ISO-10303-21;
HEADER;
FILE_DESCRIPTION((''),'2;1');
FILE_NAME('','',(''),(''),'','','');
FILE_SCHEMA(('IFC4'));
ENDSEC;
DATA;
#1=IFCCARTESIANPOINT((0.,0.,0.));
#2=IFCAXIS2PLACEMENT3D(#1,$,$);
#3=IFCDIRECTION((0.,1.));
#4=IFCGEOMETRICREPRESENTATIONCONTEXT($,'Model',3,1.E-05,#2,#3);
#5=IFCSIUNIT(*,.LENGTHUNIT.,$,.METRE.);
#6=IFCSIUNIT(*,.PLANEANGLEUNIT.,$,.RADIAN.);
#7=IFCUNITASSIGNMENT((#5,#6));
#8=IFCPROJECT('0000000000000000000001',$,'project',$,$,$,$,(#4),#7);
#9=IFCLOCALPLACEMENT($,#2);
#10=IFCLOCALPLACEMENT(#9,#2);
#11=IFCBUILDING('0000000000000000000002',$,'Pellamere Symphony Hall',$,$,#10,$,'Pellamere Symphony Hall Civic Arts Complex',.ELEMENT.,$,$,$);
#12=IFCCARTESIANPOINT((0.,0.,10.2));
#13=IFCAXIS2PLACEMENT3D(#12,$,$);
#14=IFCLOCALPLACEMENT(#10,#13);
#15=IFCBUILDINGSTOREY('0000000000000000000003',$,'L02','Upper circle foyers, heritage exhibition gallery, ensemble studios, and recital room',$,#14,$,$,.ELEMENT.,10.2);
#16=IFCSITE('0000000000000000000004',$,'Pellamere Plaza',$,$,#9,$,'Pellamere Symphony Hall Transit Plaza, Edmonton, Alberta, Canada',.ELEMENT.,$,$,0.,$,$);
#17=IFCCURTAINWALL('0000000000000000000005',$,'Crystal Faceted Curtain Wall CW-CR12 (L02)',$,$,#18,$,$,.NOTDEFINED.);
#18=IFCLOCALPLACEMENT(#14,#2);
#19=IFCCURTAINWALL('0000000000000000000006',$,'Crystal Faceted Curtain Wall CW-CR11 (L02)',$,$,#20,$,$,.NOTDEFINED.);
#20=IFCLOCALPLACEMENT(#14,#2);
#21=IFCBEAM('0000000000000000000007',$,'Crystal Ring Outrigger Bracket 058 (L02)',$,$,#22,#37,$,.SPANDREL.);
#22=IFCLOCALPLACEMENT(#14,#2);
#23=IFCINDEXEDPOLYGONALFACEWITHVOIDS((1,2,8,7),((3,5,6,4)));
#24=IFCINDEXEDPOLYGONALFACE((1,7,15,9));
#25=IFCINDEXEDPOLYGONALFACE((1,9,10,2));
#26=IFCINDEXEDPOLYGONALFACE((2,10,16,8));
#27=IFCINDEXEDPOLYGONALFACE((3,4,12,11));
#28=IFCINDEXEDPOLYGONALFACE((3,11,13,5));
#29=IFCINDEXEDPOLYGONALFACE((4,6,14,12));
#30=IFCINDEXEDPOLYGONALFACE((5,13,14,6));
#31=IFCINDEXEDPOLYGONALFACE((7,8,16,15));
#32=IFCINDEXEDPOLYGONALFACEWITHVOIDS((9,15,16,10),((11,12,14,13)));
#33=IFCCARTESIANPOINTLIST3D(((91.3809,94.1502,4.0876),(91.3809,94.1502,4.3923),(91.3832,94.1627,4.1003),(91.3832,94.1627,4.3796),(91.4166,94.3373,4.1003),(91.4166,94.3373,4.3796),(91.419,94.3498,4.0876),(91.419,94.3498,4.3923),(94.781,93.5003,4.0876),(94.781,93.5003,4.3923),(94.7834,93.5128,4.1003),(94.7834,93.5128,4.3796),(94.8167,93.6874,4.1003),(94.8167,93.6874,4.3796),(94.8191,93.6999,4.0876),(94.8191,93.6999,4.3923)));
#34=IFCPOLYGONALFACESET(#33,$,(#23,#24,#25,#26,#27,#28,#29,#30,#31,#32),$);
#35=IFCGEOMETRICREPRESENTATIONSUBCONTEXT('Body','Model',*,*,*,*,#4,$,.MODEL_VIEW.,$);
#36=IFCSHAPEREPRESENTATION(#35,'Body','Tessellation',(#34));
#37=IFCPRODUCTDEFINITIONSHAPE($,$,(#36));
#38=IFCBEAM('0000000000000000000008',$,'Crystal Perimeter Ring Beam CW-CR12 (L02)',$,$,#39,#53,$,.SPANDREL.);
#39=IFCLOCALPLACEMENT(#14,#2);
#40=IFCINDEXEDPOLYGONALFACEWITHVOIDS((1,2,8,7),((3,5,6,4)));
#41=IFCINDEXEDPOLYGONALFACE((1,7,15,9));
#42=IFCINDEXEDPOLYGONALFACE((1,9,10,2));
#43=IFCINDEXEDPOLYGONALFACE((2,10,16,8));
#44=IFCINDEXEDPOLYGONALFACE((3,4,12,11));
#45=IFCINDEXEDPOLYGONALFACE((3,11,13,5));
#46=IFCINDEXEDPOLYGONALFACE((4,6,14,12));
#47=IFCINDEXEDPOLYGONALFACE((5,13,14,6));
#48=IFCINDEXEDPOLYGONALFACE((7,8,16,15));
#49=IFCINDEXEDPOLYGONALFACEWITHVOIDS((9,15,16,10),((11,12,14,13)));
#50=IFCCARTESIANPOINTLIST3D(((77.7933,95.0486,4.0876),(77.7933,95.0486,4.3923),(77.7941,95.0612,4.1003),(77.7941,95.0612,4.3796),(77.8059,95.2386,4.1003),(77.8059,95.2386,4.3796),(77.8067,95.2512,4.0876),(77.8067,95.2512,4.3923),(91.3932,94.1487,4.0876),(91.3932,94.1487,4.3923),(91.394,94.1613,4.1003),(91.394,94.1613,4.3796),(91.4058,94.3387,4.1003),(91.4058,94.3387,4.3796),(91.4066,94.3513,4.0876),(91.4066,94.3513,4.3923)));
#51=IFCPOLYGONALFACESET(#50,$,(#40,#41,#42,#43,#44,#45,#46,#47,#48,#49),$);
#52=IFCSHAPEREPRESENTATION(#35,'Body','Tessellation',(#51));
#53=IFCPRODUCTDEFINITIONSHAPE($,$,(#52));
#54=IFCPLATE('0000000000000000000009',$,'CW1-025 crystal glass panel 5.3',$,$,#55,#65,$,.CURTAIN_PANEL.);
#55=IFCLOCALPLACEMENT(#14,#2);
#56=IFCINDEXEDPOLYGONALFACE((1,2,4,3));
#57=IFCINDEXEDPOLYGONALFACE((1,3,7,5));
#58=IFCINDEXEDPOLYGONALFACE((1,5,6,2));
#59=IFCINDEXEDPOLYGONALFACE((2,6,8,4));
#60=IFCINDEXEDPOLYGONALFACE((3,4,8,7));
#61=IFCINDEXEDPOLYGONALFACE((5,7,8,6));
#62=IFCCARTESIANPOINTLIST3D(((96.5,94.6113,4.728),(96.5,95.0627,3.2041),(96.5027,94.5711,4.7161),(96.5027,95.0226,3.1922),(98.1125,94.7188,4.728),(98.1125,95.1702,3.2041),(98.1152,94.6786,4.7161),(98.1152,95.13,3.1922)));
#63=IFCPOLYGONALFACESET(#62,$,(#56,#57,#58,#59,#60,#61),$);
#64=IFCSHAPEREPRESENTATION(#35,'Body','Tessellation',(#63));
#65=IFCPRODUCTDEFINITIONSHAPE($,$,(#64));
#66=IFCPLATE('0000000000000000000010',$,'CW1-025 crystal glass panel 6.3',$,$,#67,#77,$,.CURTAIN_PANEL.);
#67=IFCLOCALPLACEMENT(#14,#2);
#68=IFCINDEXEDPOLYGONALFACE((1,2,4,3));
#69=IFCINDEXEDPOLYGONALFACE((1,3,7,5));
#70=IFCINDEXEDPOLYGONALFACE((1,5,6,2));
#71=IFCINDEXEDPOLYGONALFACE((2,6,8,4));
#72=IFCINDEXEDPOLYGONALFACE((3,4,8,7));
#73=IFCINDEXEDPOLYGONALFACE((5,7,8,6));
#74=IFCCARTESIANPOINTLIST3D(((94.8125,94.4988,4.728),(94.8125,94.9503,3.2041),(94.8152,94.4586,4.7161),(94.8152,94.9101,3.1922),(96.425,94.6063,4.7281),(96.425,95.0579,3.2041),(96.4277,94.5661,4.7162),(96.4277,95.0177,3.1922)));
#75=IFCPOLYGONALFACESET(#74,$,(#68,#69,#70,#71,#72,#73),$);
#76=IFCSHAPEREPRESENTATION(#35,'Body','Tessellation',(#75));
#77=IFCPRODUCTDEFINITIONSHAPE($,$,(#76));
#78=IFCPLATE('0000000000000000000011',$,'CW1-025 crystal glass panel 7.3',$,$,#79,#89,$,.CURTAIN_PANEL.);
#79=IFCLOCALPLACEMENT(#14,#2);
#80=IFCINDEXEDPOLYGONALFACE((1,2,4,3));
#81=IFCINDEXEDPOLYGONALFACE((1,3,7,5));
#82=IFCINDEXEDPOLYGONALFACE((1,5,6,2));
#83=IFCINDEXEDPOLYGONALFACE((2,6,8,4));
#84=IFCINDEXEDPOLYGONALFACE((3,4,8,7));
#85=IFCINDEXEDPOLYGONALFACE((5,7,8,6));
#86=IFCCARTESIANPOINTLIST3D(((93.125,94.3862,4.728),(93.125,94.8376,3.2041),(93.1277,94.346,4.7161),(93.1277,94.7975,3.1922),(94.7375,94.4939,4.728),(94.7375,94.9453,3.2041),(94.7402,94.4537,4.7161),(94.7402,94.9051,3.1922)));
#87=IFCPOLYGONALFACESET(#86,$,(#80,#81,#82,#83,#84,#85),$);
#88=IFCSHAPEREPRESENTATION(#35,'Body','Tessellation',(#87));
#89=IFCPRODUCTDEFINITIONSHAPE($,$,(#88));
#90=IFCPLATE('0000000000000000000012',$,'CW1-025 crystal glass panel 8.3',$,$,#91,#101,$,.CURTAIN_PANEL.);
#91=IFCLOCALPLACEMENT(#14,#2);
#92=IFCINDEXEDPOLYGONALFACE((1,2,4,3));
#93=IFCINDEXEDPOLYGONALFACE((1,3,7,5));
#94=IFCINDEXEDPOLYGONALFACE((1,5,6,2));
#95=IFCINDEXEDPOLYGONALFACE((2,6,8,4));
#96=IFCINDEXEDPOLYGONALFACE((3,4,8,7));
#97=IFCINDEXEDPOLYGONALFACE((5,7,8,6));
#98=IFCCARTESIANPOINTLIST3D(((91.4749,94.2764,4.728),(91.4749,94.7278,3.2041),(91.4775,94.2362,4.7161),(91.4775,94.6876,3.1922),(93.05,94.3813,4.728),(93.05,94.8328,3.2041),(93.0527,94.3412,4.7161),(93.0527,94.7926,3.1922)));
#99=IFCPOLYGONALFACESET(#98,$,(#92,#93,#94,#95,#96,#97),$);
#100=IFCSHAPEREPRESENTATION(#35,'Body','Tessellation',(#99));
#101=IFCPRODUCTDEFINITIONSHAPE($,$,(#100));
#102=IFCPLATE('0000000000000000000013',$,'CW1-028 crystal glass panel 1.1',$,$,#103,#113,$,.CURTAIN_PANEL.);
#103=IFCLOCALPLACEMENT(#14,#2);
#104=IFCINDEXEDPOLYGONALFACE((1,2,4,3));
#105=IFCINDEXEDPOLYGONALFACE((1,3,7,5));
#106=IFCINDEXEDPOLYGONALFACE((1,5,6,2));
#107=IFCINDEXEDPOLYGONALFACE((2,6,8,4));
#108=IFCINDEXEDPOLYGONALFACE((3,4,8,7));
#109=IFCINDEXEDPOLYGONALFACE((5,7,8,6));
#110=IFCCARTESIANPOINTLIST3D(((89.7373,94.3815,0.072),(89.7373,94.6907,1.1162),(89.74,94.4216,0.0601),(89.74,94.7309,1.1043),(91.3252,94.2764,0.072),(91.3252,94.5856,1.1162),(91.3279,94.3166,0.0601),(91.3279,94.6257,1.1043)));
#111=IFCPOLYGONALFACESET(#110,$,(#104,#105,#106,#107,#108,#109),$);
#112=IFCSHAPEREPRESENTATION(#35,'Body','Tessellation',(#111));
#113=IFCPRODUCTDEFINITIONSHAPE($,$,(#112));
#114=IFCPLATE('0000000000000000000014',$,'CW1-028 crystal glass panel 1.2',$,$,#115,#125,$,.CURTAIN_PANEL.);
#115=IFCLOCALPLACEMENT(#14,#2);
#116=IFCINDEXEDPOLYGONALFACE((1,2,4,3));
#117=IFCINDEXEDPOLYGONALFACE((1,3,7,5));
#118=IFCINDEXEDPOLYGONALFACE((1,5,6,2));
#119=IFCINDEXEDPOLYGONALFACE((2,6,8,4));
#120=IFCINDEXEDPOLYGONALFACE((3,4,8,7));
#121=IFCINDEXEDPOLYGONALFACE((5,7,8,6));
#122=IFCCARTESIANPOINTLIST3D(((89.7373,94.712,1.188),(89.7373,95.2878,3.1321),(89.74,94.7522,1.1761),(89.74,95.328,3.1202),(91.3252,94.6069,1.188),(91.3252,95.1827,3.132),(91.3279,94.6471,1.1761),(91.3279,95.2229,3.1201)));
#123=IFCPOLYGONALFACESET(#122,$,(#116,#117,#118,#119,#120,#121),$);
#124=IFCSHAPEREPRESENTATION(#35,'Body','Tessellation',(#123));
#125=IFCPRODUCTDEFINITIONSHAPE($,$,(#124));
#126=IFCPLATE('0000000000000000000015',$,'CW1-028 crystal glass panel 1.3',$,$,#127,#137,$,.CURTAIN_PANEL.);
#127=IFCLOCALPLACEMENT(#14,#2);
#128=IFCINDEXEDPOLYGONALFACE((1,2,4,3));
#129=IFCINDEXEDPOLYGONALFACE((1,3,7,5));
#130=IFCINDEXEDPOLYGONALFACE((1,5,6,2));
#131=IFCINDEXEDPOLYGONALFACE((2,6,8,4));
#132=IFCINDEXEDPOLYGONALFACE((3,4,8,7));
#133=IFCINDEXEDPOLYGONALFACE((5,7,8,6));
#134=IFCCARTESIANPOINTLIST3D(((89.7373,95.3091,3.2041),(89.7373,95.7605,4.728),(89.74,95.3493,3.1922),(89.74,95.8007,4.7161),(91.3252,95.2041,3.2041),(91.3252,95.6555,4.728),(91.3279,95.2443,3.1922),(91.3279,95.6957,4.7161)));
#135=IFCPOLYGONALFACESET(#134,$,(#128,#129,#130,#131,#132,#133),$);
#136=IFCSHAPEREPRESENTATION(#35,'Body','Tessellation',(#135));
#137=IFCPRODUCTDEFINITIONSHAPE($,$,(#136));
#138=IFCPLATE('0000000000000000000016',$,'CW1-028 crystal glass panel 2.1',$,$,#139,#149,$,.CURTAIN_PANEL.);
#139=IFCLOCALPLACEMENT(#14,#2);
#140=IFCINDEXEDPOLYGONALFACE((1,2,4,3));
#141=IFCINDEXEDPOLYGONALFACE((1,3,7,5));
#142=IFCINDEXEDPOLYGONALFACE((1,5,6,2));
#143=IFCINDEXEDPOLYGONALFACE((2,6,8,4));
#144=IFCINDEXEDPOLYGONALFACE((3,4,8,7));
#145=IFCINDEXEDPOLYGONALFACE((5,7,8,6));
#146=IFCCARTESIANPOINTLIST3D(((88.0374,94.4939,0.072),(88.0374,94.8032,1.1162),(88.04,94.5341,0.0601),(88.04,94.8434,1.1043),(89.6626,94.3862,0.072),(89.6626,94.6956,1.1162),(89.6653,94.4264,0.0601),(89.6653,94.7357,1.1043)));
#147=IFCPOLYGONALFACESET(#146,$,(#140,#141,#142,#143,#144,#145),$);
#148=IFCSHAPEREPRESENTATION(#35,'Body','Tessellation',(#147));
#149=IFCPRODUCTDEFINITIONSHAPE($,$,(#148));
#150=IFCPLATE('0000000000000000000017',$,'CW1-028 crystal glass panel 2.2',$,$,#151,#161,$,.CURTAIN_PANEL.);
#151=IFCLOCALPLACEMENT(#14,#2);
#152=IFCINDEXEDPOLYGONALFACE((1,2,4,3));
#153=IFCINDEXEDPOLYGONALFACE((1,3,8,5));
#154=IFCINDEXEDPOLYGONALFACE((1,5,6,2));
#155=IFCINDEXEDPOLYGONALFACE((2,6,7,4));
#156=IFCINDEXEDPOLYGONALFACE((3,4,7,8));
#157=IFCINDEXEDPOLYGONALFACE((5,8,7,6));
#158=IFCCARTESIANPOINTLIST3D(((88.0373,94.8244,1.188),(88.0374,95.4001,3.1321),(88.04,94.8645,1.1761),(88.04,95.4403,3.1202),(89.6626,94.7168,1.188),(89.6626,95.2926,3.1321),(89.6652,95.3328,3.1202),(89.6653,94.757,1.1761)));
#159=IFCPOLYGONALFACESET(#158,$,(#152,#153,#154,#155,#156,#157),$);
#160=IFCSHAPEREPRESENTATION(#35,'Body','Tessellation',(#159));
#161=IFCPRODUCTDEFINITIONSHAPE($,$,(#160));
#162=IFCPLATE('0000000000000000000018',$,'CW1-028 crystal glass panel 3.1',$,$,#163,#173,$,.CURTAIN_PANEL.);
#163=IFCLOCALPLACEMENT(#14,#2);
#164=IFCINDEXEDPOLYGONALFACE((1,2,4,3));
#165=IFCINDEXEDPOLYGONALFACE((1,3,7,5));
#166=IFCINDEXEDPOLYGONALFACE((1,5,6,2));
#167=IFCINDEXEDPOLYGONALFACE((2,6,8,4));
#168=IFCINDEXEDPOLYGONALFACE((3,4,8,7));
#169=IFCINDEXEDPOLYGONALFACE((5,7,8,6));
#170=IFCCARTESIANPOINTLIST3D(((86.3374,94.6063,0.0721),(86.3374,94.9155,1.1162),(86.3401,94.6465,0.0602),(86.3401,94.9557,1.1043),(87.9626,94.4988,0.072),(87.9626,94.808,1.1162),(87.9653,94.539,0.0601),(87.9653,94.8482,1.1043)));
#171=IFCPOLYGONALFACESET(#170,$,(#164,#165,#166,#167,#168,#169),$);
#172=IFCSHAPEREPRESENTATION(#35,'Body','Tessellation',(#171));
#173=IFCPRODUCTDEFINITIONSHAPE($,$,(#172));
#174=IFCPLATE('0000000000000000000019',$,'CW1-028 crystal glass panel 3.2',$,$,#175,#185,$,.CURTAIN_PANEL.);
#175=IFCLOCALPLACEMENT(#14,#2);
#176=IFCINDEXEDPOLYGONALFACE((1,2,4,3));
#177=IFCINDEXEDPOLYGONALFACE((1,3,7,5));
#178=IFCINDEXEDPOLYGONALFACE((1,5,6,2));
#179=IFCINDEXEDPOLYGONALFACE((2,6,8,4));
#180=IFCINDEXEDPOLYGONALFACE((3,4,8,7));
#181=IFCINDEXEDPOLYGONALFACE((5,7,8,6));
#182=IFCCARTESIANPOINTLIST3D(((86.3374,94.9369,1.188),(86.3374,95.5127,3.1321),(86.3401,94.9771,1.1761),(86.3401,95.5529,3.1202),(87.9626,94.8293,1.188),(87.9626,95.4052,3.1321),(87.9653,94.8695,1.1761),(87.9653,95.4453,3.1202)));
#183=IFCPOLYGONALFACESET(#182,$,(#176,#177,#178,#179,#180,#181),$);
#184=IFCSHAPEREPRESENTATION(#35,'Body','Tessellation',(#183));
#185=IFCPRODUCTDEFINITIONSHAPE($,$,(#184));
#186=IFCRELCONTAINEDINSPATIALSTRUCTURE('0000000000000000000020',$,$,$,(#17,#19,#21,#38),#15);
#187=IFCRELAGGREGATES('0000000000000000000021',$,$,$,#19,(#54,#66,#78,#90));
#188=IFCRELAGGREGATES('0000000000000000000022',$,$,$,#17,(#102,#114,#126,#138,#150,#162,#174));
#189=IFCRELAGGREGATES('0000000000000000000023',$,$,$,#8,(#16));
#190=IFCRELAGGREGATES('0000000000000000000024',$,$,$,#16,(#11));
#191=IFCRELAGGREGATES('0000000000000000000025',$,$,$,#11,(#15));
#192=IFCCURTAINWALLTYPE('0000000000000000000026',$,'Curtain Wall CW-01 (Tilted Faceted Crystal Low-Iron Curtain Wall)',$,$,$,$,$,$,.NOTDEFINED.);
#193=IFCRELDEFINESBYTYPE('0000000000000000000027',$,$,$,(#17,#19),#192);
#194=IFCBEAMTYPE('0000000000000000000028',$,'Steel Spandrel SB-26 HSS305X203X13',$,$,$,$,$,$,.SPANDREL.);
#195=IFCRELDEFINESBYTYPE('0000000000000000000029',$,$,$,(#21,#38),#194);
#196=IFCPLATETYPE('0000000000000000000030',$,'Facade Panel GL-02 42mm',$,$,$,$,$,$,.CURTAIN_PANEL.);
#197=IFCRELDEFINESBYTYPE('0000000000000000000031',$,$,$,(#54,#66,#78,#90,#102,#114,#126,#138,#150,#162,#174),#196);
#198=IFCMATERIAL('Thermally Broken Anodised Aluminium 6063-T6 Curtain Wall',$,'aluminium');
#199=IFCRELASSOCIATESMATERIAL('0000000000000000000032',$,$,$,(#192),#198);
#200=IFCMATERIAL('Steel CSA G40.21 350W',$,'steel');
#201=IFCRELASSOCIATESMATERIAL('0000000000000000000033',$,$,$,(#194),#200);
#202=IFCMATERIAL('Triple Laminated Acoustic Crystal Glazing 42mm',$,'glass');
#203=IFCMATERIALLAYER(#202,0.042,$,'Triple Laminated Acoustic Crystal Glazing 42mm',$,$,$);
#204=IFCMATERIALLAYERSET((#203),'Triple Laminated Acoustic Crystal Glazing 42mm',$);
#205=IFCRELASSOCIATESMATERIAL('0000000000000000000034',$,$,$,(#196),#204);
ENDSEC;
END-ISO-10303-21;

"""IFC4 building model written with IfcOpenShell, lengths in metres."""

from ifc_helpers import new_model, si_unit, direction, frame, origin, origin_2d, place, context, subcontext, project, spatial, polyline, hollow_rectangle, outline, extrude, material, layer, layer_set, material_profile, profile_set, type_object, element, aggregate, save


model = new_model("IFC4")

# Units and contexts
model_context = context("Model", 3, precision=1e-05, world=origin(), true_north=direction((0.0, 1.0)))
body_context = subcontext(model_context, "Body", "Model", "MODEL_VIEW")
ifc_project = project(units=[si_unit("LENGTHUNIT", "METRE"), si_unit("PLANEANGLEUNIT", "RADIAN")], contexts=[model_context])

# Site, building, storey
site_placement = place(None, origin())
site = spatial("IfcSite", under=ifc_project, at=site_placement, Name="Pellamere Plaza", LongName="Pellamere Symphony Hall Transit Plaza, Edmonton, Alberta, Canada", CompositionType="ELEMENT", RefElevation=0.0)
building_placement = place(site_placement, origin())
building = spatial("IfcBuilding", under=site, at=building_placement, Name="Pellamere Symphony Hall", LongName="Pellamere Symphony Hall Civic Arts Complex", CompositionType="ELEMENT")
storey_placement = place(building_placement, frame((0.0, 0.0, 10.2)))
storey = spatial("IfcBuildingStorey", under=building, at=storey_placement, Name="L02", Description="Upper circle foyers, heritage exhibition gallery, ensemble studios, and recital room", CompositionType="ELEMENT", Elevation=10.2)

# Curtain walls
ifc_material_1 = material(Name="Thermally Broken Anodised Aluminium 6063-T6 Curtain Wall", Category="aluminium")
curtain_wall_type = type_object("IfcCurtainWallType", Name="Curtain Wall CW-01 (Tilted Faceted Crystal Low-Iron Curtain Wall)", PredefinedType="NOTDEFINED", material=ifc_material_1)
curtain_wall_1_placement = place(storey_placement, origin())
curtain_wall_1 = element("IfcCurtainWall", 1, at=curtain_wall_1_placement, inside=storey, type_object=curtain_wall_type, Name="Crystal Faceted Curtain Wall CW-CR12 (L02)", PredefinedType="NOTDEFINED")
curtain_wall_2_placement = place(storey_placement, origin())
curtain_wall_2 = element("IfcCurtainWall", 2, at=curtain_wall_2_placement, inside=storey, type_object=curtain_wall_type, Name="Crystal Faceted Curtain Wall CW-CR11 (L02)", PredefinedType="NOTDEFINED")

# Beams
ifc_material_2 = material(Name="Steel CSA G40.21 350W", Category="steel")
ifc_material_profile_1 = material_profile(ifc_material_2, hollow_rectangle(XDim=0.2031, YDim=0.3047, WallThickness=0.0127, at=origin_2d()), Name="HSS305X203X13")
ifc_profile_set_1 = profile_set([ifc_material_profile_1], Name="Steel CSA G40.21 350W")
beam_type_1 = type_object("IfcBeamType", Name="Steel Spandrel SB-26 HSS305X203X13", PredefinedType="SPANDREL", material=ifc_profile_set_1)
beam_1_placement = place(storey_placement, frame((94.8, 93.6001, 4.24), z_axis=(-0.982219, 0.187741, 0.0), x_axis=(-0.187741, -0.982219, 0.0)))
element("IfcBeam", 3, at=beam_1_placement, inside=storey, type_object=beam_type_1, Name="Crystal Ring Outrigger Bracket 058 (L02)", PredefinedType="SPANDREL", context=body_context, shape_type="SweptSolid", body=[
    extrude(hollow_rectangle(XDim=0.2031, YDim=0.3047, WallThickness=0.0127, at=origin_2d()), origin(), (0.0, 0.0, 1.0), 3.4617),
])
beam_2_placement = place(storey_placement, frame((91.3999, 94.25, 4.24), z_axis=(-0.997818, 0.066026, 0.0), x_axis=(-0.066026, -0.997818, 0.0)))
element("IfcBeam", 4, at=beam_2_placement, inside=storey, type_object=beam_type_1, Name="Crystal Perimeter Ring Beam CW-CR12 (L02)", PredefinedType="SPANDREL", context=body_context, shape_type="SweptSolid", body=[
    extrude(hollow_rectangle(XDim=0.2031, YDim=0.3047, WallThickness=0.0127, at=origin_2d()), origin(), (0.0, 0.0, 1.0), 13.6296),
])

# Plates
ifc_material_3 = material(Name="Triple Laminated Acoustic Crystal Glazing 42mm", Category="glass")
ifc_layer_1 = layer(ifc_material_3, 0.042, Name="Triple Laminated Acoustic Crystal Glazing 42mm")
ifc_layer_set_1 = layer_set([ifc_layer_1], Name="Triple Laminated Acoustic Crystal Glazing 42mm")
plate_type_1 = type_object("IfcPlateType", Name="Facade Panel GL-02 42mm", PredefinedType="CURTAIN_PANEL", material=ifc_layer_set_1)
plate_1_placement = place(storey_placement, frame((98.1125, 95.1702, 3.2041), z_axis=(-0.063743, 0.956868, 0.283443), x_axis=(-0.997788, -0.066469, 0.0)))
plate_1 = element("IfcPlate", 5, at=plate_1_placement, type_object=plate_type_1, Name="CW1-025 crystal glass panel 5.3", PredefinedType="CURTAIN_PANEL", context=body_context, shape_type="SweptSolid", body=[
    extrude(outline(polyline([(0.0, 0.0), (1.6161, 0.0), (1.6461, 1.5891), (0.03, 1.5891), (0.0, 0.0)])), origin(), (0.0, 0.0, -1.0), 0.042),
])
plate_2_placement = place(storey_placement, frame((96.425, 95.0579, 3.2041), z_axis=(-0.063814, 0.956843, 0.283512), x_axis=(-0.997783, -0.06655, 0.00002)))
plate_2 = element("IfcPlate", 6, at=plate_2_placement, type_object=plate_type_1, Name="CW1-025 crystal glass panel 6.3", PredefinedType="CURTAIN_PANEL", context=body_context, shape_type="SweptSolid", body=[
    extrude(outline(polyline([(0.0, 0.0), (1.6161, 0.0), (1.6462, 1.5891), (0.0301, 1.5892), (0.0, 0.0)])), origin(), (0.0, 0.0, -1.0), 0.042),
])
plate_3_placement = place(storey_placement, frame((94.7375, 94.9453, 3.2041), z_axis=(-0.063887, 0.95686, 0.28344), x_axis=(-0.997778, -0.066619, 0.0)))
plate_3 = element("IfcPlate", 7, at=plate_3_placement, type_object=plate_type_1, Name="CW1-025 crystal glass panel 7.3", PredefinedType="CURTAIN_PANEL", context=body_context, shape_type="SweptSolid", body=[
    extrude(outline(polyline([(0.0, 0.0), (1.6161, 0.0), (1.6462, 1.5891), (0.0301, 1.5891), (0.0, 0.0)])), origin(), (0.0, 0.0, -1.0), 0.042),
])
plate_4_placement = place(storey_placement, frame((93.05, 94.8328, 3.2041), z_axis=(-0.063771, 0.956867, 0.283442), x_axis=(-0.997787, -0.066498, 0.0)))
plate_4 = element("IfcPlate", 8, at=plate_4_placement, type_object=plate_type_1, Name="CW1-025 crystal glass panel 8.3", PredefinedType="CURTAIN_PANEL", context=body_context, shape_type="SweptSolid", body=[
    extrude(outline(polyline([(0.0, 0.0), (1.5787, 0.0), (1.6087, 1.5891), (0.03, 1.5891), (0.0, 0.0)])), origin(), (0.0, 0.0, -1.0), 0.042),
])
aggregate(curtain_wall_2, [plate_1, plate_2, plate_3, plate_4])
plate_5_placement = place(storey_placement, frame((91.3252, 94.2764, 0.072), z_axis=(-0.063339, -0.956919, 0.283362), x_axis=(-0.997817, 0.066039, -0.000021)))
plate_5 = element("IfcPlate", 9, at=plate_5_placement, type_object=plate_type_1, Name="CW1-028 crystal glass panel 1.1", PredefinedType="CURTAIN_PANEL", context=body_context, shape_type="SweptSolid", body=[
    extrude(outline(polyline([(0.0, 0.0), (1.5914, 0.0), (1.6118, -1.0889), (0.0204, -1.0888), (0.0, 0.0)])), origin(), (0.0, 0.0, -1.0), 0.042),
])
plate_6_placement = place(storey_placement, frame((91.3252, 94.6069, 1.188), z_axis=(-0.063337, -0.956903, 0.283418), x_axis=(-0.997817, 0.066039, -0.000021)))
plate_6 = element("IfcPlate", 10, at=plate_6_placement, type_object=plate_type_1, Name="CW1-028 crystal glass panel 1.2", PredefinedType="CURTAIN_PANEL", context=body_context, shape_type="SweptSolid", body=[
    extrude(outline(polyline([(0.0, 0.0), (1.5914, 0.0), (1.6294, -2.0272), (0.038, -2.0272), (0.0, 0.0)])), origin(), (0.0, 0.0, -1.0), 0.042),
])
plate_7_placement = place(storey_placement, frame((91.3252, 95.2041, 3.2041), z_axis=(-0.063264, -0.956898, 0.283451), x_axis=(-0.997822, 0.065969, 0.0)))
plate_7 = element("IfcPlate", 11, at=plate_7_placement, type_object=plate_type_1, Name="CW1-028 crystal glass panel 1.3", PredefinedType="CURTAIN_PANEL", context=body_context, shape_type="SweptSolid", body=[
    extrude(outline(polyline([(0.0, 0.0), (1.5914, 0.0), (1.6211, -1.5891), (0.0298, -1.5891), (0.0, 0.0)])), origin(), (0.0, 0.0, -1.0), 0.042),
])
plate_8_placement = place(storey_placement, frame((89.6626, 94.3862, 0.072), z_axis=(-0.06339, -0.956886, 0.283464), x_axis=(-0.997813, 0.066101, 0.0)))
plate_8 = element("IfcPlate", 12, at=plate_8_placement, type_object=plate_type_1, Name="CW1-028 crystal glass panel 2.1", PredefinedType="CURTAIN_PANEL", context=body_context, shape_type="SweptSolid", body=[
    extrude(outline(polyline([(0.0, 0.0), (1.6288, 0.0), (1.6493, -1.0889), (0.0204, -1.0889), (0.0, 0.0)])), origin(), (0.0, 0.0, -1.0), 0.042),
])
plate_9_placement = place(storey_placement, frame((89.6626, 94.7168, 1.188), z_axis=(-0.063319, -0.956904, 0.283418), x_axis=(-0.997817, 0.066033, 0.00002)))
plate_9 = element("IfcPlate", 13, at=plate_9_placement, type_object=plate_type_1, Name="CW1-028 crystal glass panel 2.2", PredefinedType="CURTAIN_PANEL", context=body_context, shape_type="SweptSolid", body=[
    extrude(outline(polyline([(0.0, 0.0), (1.6288, 0.0), (1.6669, -2.0272), (0.0381, -2.0272), (0.0, 0.0)])), origin(), (0.0, 0.0, -1.0), 0.042),
])
plate_10_placement = place(storey_placement, frame((87.9626, 94.4988, 0.072), z_axis=(-0.06332, -0.95692, 0.283362), x_axis=(-0.997817, 0.066033, 0.00002)))
plate_10 = element("IfcPlate", 14, at=plate_10_placement, type_object=plate_type_1, Name="CW1-028 crystal glass panel 3.1", PredefinedType="CURTAIN_PANEL", context=body_context, shape_type="SweptSolid", body=[
    extrude(outline(polyline([(0.0, 0.0), (1.6288, 0.0), (1.6492, -1.0888), (0.0204, -1.0889), (0.0, 0.0)])), origin(), (0.0, 0.0, -1.0), 0.042),
])
plate_11_placement = place(storey_placement, frame((87.9626, 94.8293, 1.188), z_axis=(-0.063319, -0.956904, 0.283418), x_axis=(-0.997817, 0.066033, 0.00002)))
plate_11 = element("IfcPlate", 15, at=plate_11_placement, type_object=plate_type_1, Name="CW1-028 crystal glass panel 3.2", PredefinedType="CURTAIN_PANEL", context=body_context, shape_type="SweptSolid", body=[
    extrude(outline(polyline([(0.0, 0.0), (1.6288, 0.0), (1.6669, -2.0272), (0.0381, -2.0272), (0.0, 0.0)])), origin(), (0.0, 0.0, -1.0), 0.042),
])
aggregate(curtain_wall_1, [plate_5, plate_6, plate_7, plate_8, plate_9, plate_10, plate_11])

save(model, "model.ifc")
